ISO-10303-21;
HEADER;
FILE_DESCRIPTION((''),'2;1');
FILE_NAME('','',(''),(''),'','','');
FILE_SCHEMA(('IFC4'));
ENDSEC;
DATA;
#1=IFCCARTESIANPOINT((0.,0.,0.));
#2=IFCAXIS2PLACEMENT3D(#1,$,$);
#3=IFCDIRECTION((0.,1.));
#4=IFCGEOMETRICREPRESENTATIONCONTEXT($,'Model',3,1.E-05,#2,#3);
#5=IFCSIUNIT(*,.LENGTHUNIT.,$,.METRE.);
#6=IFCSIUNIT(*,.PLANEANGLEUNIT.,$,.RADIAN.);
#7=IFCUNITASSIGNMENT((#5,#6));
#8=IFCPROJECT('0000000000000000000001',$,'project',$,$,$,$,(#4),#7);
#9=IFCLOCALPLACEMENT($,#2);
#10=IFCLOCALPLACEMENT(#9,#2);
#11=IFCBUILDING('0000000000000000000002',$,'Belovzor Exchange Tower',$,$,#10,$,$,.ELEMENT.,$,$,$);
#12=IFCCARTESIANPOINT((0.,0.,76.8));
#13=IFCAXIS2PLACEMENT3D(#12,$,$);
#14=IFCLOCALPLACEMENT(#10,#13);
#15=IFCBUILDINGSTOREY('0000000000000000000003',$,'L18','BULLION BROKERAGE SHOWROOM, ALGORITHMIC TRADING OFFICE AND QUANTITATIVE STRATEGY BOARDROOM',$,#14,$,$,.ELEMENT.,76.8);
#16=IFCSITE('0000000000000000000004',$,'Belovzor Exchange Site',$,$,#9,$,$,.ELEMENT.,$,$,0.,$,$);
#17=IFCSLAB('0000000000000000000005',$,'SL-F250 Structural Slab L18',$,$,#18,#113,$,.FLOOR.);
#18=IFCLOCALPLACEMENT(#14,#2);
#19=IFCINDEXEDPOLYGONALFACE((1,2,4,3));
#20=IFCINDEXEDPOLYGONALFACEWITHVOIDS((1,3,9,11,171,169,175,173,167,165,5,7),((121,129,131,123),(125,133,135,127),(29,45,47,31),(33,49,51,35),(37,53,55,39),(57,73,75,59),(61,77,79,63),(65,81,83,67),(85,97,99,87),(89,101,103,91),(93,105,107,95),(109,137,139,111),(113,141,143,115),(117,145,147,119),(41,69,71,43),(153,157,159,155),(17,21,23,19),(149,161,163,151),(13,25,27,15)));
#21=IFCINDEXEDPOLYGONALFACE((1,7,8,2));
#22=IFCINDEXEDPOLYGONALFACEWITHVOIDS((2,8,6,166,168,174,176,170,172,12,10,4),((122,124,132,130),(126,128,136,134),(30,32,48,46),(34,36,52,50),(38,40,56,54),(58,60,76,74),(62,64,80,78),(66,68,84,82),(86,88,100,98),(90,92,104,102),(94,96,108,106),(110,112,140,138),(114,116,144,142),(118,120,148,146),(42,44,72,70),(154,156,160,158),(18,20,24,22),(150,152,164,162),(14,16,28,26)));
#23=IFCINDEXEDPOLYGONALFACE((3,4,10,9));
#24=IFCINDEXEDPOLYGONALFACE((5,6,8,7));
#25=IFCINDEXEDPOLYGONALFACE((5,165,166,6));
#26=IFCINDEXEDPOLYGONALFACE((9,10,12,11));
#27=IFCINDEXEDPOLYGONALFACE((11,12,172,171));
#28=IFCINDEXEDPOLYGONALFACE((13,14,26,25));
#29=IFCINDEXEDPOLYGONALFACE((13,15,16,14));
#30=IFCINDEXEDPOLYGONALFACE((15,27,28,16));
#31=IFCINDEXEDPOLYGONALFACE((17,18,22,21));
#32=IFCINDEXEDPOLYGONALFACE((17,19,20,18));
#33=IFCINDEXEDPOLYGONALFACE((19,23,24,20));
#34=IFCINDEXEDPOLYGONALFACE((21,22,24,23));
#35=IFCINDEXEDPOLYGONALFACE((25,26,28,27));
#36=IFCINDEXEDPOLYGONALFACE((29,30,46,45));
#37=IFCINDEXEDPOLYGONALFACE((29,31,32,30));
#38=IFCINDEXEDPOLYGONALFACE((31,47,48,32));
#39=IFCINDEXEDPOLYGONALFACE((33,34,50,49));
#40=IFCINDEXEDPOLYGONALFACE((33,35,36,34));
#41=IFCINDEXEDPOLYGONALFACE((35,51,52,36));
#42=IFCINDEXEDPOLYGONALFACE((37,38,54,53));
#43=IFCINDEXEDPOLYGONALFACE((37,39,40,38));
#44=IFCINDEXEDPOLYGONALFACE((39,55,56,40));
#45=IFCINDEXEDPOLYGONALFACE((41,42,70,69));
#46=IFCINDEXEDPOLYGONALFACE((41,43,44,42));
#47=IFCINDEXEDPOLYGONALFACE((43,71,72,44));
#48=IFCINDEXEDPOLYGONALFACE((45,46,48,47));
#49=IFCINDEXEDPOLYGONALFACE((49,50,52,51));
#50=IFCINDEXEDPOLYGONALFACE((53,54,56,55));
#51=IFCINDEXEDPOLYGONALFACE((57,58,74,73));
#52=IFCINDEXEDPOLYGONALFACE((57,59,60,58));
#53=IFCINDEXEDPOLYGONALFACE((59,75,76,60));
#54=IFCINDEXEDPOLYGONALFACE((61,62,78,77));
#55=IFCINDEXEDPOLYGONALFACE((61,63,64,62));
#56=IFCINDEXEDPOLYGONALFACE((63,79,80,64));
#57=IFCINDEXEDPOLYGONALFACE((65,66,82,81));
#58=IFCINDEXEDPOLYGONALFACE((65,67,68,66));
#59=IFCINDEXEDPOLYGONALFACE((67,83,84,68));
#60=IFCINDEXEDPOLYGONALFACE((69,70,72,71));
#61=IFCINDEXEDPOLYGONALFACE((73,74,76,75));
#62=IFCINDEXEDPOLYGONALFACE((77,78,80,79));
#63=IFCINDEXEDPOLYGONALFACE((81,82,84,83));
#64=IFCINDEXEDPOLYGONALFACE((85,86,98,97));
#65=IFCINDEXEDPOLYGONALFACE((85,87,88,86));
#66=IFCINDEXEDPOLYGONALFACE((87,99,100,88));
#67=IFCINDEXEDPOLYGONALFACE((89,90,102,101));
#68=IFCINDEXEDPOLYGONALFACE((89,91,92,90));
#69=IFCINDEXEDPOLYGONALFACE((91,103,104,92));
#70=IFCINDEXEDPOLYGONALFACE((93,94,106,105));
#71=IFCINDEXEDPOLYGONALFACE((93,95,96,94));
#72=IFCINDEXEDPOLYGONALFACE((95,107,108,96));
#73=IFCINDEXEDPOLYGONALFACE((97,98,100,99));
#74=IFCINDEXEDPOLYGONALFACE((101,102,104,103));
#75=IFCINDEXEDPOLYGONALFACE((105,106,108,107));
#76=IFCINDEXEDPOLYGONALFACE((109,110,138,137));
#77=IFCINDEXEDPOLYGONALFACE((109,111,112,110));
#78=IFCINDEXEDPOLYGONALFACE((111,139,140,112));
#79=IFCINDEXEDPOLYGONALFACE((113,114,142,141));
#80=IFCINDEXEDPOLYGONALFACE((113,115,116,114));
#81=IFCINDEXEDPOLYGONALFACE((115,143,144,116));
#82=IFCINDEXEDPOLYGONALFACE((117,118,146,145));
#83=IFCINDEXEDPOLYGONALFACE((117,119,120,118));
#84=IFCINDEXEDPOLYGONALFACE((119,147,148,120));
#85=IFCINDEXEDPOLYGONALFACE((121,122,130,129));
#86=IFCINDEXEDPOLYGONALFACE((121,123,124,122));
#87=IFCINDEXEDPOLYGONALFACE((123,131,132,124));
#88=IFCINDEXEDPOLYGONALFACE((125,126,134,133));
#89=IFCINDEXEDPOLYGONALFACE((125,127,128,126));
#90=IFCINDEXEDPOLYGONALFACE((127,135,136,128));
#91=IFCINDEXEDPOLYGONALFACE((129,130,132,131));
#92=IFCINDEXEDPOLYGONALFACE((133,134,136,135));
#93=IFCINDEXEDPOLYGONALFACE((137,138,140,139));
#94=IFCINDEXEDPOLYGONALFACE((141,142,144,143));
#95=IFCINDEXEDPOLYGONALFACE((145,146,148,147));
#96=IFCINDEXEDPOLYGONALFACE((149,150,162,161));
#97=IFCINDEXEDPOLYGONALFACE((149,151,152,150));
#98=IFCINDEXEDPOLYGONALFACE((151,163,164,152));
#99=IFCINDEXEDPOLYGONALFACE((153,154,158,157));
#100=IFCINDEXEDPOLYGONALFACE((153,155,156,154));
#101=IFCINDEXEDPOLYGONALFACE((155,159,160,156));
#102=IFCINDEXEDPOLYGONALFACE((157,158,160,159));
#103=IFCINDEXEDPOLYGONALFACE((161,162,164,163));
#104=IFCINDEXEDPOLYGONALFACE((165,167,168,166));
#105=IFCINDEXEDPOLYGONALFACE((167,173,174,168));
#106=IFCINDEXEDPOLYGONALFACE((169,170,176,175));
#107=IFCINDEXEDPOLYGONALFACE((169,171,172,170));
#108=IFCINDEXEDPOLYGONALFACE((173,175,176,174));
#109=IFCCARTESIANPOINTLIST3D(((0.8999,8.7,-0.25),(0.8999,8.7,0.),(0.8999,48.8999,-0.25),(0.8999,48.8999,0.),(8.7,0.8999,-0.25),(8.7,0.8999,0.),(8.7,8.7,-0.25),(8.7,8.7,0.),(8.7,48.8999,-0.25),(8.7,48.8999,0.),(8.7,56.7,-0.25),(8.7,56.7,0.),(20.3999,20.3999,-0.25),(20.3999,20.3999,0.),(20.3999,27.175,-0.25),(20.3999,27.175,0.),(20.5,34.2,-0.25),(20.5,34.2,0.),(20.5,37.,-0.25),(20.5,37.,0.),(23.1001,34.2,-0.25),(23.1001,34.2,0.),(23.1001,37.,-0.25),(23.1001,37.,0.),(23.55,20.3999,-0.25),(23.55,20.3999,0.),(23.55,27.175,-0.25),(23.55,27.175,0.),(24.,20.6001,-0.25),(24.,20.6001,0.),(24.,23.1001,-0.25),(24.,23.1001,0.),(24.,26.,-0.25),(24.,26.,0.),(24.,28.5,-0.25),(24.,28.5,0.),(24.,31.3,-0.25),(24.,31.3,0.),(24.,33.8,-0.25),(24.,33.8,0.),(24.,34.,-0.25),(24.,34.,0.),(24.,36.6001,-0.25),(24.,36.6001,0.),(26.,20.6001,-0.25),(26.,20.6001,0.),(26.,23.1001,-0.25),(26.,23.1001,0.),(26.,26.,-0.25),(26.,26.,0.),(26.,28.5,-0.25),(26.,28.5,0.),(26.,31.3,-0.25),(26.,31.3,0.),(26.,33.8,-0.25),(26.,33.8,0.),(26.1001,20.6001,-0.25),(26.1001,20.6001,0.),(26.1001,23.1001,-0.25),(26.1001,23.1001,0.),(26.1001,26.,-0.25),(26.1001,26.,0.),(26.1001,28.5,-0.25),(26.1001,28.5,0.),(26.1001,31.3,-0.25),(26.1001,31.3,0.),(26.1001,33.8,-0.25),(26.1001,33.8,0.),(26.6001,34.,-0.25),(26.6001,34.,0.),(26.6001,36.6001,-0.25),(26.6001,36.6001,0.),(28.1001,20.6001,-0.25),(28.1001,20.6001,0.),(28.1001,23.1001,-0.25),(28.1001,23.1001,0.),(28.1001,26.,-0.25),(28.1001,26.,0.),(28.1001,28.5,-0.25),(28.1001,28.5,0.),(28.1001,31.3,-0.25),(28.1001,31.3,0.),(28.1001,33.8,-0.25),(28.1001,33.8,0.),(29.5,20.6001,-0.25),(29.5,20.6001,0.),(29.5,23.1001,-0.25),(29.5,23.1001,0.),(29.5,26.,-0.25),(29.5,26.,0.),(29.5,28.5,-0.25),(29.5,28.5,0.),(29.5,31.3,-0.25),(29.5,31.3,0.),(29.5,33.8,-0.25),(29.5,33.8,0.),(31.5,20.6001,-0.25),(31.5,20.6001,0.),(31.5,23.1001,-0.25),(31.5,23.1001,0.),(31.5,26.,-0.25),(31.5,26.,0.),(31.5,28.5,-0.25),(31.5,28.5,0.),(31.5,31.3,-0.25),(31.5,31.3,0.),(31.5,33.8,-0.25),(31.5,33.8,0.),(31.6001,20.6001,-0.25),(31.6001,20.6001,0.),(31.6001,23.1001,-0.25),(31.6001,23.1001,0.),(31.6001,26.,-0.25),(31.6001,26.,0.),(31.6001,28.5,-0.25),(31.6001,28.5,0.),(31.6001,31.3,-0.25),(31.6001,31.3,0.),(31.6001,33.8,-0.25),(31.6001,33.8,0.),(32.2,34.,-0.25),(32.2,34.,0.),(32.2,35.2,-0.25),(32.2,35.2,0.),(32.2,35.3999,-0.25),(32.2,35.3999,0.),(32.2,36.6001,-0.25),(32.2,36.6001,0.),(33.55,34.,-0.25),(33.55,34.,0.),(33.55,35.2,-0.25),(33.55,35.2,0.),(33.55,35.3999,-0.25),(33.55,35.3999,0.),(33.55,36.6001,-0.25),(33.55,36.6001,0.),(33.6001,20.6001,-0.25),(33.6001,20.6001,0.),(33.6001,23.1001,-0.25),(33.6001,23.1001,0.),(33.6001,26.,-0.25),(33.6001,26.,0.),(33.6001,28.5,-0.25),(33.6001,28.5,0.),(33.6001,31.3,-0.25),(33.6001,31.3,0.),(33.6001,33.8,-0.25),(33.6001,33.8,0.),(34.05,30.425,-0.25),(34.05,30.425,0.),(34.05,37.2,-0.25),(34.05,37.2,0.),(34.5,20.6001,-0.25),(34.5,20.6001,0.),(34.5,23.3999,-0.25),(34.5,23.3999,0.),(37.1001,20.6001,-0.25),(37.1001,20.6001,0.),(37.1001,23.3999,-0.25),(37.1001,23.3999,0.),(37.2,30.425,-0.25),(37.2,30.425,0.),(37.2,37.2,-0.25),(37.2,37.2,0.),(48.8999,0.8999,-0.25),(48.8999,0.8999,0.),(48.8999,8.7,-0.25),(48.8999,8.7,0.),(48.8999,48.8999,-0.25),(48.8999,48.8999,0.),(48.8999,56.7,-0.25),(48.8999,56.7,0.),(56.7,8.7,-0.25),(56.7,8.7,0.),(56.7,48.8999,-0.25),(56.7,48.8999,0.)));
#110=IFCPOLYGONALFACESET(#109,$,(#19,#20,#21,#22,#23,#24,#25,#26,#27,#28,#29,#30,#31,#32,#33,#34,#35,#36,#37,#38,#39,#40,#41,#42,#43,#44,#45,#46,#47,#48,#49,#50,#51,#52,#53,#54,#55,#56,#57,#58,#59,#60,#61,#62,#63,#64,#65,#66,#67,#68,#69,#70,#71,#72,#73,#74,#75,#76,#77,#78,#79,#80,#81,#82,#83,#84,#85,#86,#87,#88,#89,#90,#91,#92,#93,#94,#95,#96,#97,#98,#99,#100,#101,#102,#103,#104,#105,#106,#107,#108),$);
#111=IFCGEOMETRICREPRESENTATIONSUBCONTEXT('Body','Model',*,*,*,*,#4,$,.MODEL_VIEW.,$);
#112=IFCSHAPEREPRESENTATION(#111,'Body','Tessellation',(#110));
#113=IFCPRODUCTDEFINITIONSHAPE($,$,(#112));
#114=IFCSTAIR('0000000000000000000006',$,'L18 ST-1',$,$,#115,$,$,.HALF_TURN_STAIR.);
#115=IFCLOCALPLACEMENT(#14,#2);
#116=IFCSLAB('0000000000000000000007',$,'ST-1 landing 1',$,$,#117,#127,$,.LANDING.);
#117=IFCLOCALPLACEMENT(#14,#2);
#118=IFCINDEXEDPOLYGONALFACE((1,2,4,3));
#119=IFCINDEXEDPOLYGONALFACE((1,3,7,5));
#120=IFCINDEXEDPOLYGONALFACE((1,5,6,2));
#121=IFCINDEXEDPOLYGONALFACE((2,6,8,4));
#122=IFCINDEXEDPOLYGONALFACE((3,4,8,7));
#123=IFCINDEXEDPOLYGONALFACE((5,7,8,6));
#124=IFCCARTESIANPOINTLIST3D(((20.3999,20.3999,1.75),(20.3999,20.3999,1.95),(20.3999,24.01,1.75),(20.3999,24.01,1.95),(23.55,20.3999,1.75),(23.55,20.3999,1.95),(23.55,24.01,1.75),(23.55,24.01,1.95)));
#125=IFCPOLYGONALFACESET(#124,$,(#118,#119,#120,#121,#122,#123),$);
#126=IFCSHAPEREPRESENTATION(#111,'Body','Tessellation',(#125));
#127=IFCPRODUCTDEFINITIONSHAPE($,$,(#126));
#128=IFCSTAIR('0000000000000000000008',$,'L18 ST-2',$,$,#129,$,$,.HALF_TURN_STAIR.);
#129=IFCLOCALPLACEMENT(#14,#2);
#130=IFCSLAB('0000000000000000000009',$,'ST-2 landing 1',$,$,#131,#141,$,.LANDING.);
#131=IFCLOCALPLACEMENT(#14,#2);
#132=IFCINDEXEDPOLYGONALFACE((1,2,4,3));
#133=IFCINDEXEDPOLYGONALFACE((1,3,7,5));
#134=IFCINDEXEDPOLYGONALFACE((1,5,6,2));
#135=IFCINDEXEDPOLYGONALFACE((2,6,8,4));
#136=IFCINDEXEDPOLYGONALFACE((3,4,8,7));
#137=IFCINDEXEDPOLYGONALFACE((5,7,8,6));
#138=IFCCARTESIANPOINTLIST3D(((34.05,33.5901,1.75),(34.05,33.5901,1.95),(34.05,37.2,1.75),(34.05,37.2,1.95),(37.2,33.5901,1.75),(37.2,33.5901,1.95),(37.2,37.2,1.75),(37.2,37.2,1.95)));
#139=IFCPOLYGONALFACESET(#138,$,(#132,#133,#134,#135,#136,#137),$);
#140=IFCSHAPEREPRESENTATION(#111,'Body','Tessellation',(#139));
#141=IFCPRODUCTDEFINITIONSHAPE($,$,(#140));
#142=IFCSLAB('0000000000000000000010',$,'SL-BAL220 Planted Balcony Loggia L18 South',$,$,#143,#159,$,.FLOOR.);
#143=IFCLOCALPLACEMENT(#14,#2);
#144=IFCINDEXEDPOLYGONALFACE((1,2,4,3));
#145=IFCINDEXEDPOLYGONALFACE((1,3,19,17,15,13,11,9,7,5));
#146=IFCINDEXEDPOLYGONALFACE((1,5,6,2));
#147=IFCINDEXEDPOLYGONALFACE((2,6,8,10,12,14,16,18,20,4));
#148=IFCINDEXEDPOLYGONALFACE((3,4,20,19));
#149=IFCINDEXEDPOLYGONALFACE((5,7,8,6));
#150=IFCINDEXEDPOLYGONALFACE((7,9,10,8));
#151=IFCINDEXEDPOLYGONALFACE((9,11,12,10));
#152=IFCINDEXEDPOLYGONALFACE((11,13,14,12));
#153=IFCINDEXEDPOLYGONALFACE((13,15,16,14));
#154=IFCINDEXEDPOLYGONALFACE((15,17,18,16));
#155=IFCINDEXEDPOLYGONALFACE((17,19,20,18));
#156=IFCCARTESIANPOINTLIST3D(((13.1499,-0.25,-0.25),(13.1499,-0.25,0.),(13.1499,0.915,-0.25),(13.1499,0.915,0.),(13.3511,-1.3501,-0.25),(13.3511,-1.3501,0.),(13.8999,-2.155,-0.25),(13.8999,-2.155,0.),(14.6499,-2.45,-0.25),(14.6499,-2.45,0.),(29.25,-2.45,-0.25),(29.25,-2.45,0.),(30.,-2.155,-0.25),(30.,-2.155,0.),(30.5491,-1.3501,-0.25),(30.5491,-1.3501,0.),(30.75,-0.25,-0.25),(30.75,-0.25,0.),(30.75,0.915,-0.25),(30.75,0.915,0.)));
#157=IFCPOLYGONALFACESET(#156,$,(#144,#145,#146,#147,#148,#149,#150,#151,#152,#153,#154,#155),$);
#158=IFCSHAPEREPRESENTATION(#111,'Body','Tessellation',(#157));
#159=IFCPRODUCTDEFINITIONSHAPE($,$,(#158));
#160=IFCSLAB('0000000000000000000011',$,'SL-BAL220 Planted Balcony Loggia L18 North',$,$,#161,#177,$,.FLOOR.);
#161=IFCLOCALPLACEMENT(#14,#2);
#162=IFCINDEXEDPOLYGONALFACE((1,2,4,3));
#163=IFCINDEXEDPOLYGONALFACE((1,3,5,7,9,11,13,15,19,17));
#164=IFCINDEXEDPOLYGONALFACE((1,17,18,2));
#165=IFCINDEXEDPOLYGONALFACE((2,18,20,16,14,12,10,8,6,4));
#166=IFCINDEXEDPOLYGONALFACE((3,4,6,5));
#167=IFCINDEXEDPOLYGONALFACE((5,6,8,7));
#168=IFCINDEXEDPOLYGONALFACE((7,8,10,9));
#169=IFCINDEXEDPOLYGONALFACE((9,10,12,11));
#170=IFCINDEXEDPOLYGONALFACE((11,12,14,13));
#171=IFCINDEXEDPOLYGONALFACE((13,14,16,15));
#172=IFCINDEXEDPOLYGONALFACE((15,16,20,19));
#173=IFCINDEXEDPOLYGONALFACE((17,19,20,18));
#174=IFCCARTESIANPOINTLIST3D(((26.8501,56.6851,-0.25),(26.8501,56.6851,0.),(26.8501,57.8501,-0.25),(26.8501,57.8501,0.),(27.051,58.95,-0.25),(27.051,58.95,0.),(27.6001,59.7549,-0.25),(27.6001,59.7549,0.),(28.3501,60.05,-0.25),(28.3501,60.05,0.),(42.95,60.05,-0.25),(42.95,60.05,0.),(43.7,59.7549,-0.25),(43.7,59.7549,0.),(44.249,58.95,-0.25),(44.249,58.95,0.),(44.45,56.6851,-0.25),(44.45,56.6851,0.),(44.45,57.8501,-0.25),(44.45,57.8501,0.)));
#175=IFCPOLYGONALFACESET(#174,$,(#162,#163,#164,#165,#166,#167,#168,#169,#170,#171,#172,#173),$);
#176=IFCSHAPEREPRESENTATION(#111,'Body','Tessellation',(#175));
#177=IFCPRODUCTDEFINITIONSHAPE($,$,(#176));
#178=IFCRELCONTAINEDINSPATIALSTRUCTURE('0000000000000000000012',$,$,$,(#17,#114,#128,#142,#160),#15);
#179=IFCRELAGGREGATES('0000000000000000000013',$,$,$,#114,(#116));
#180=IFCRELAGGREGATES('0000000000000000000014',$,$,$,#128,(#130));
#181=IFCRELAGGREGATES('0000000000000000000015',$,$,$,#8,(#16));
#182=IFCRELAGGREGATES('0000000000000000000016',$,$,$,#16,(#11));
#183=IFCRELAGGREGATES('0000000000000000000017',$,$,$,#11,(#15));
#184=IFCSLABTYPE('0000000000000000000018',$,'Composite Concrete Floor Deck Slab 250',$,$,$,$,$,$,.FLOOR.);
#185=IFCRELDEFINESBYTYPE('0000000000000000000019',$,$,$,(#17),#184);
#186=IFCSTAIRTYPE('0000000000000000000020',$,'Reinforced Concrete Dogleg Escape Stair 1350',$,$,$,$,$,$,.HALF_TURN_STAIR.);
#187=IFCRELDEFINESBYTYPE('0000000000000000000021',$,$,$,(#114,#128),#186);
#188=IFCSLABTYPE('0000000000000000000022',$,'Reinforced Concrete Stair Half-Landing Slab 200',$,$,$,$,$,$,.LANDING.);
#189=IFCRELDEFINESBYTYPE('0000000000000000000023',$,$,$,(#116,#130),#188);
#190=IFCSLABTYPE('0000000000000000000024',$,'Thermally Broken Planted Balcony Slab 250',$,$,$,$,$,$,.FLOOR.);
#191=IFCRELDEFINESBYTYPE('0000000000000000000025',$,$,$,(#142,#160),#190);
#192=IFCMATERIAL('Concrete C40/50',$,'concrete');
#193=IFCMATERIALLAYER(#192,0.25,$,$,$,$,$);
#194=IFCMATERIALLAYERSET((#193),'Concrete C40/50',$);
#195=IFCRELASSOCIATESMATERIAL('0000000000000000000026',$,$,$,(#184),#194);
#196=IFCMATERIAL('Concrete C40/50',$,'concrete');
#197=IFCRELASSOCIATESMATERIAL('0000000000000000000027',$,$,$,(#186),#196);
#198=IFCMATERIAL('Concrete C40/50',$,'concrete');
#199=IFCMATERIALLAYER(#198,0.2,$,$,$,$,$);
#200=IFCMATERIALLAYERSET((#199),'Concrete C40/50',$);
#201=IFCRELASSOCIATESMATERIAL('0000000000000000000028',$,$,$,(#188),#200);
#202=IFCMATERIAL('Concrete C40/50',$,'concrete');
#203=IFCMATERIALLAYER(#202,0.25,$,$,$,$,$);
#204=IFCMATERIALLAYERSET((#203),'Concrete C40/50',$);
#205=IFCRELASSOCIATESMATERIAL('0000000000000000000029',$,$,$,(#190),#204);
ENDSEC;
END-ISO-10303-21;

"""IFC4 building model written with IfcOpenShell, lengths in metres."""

from ifc_helpers import new_model, si_unit, direction, frame, origin, place, context, subcontext, project, spatial, polyline, outline, extrude, material, layer, layer_set, type_object, element, aggregate, save


model = new_model("IFC4")

# Units and contexts
model_context = context("Model", 3, precision=1e-05, world=origin(), true_north=direction((0.0, 1.0)))
body_context = subcontext(model_context, "Body", "Model", "MODEL_VIEW")
ifc_project = project(units=[si_unit("LENGTHUNIT", "METRE"), si_unit("PLANEANGLEUNIT", "RADIAN")], contexts=[model_context])

# Site, building, storey
site_placement = place(None, origin())
site = spatial("IfcSite", under=ifc_project, at=site_placement, Name="Belovzor Exchange Site", CompositionType="ELEMENT", RefElevation=0.0)
building_placement = place(site_placement, origin())
building = spatial("IfcBuilding", under=site, at=building_placement, Name="Belovzor Exchange Tower", CompositionType="ELEMENT")
storey_placement = place(building_placement, frame((0.0, 0.0, 76.8)))
storey = spatial("IfcBuildingStorey", under=building, at=storey_placement, Name="L18", Description="BULLION BROKERAGE SHOWROOM, ALGORITHMIC TRADING OFFICE AND QUANTITATIVE STRATEGY BOARDROOM", CompositionType="ELEMENT", Elevation=76.8)

# Slab
ifc_material_1 = material(Name="Concrete C40/50", Category="concrete")
ifc_layer_1 = layer(ifc_material_1, 0.25)
ifc_layer_set_1 = layer_set([ifc_layer_1], Name="Concrete C40/50")
slab_type_1 = type_object("IfcSlabType", Name="Composite Concrete Floor Deck Slab 250", PredefinedType="FLOOR", material=ifc_layer_set_1)
slab_1_placement = place(storey_placement, frame((0.0, 0.0, -0.25)))
element("IfcSlab", 1, at=slab_1_placement, inside=storey, type_object=slab_type_1, Name="SL-F250 Structural Slab L18", PredefinedType="FLOOR", context=body_context, shape_type="SweptSolid", body=[
    extrude(outline(polyline([(8.7, 0.8999), (48.8999, 0.8999), (48.8999, 8.7), (56.7, 8.7), (56.7, 48.8999), (48.8999, 48.8999), (48.8999, 56.7), (8.7, 56.7), (8.7, 48.8999), (0.8999, 48.8999), (0.8999, 8.7), (8.7, 8.7), (8.7, 0.8999)]), holes=[polyline([(20.3999, 27.175), (20.3999, 20.3999), (23.55, 20.3999), (23.55, 27.175), (20.3999, 27.175)]), polyline([(37.2, 30.425), (37.2, 37.2), (34.05, 37.2), (34.05, 30.425), (37.2, 30.425)]), polyline([(20.5, 34.2), (23.1001, 34.2), (23.1001, 37.0), (20.5, 37.0), (20.5, 34.2)]), polyline([(34.5, 20.6001), (37.1001, 20.6001), (37.1001, 23.3999), (34.5, 23.3999), (34.5, 20.6001)]), polyline([(24.0, 34.0), (26.6001, 34.0), (26.6001, 36.6001), (24.0, 36.6001), (24.0, 34.0)]), polyline([(24.0, 20.6001), (26.0, 20.6001), (26.0, 23.1001), (24.0, 23.1001), (24.0, 20.6001)]), polyline([(26.1001, 20.6001), (28.1001, 20.6001), (28.1001, 23.1001), (26.1001, 23.1001), (26.1001, 20.6001)]), polyline([(29.5, 20.6001), (31.5, 20.6001), (31.5, 23.1001), (29.5, 23.1001), (29.5, 20.6001)]), polyline([(31.6001, 20.6001), (33.6001, 20.6001), (33.6001, 23.1001), (31.6001, 23.1001), (31.6001, 20.6001)]), polyline([(24.0, 26.0), (26.0, 26.0), (26.0, 28.5), (24.0, 28.5), (24.0, 26.0)]), polyline([(26.1001, 26.0), (28.1001, 26.0), (28.1001, 28.5), (26.1001, 28.5), (26.1001, 26.0)]), polyline([(29.5, 26.0), (31.5, 26.0), (31.5, 28.5), (29.5, 28.5), (29.5, 26.0)]), polyline([(31.6001, 26.0), (33.6001, 26.0), (33.6001, 28.5), (31.6001, 28.5), (31.6001, 26.0)]), polyline([(24.0, 31.3), (26.0, 31.3), (26.0, 33.8), (24.0, 33.8), (24.0, 31.3)]), polyline([(26.1001, 31.3), (28.1001, 31.3), (28.1001, 33.8), (26.1001, 33.8), (26.1001, 31.3)]), polyline([(29.5, 31.3), (31.5, 31.3), (31.5, 33.8), (29.5, 33.8), (29.5, 31.3)]), polyline([(31.6001, 31.3), (33.6001, 31.3), (33.6001, 33.8), (31.6001, 33.8), (31.6001, 31.3)]), polyline([(32.2, 34.0), (33.55, 34.0), (33.55, 35.2), (32.2, 35.2), (32.2, 34.0)]), polyline([(32.2, 35.3999), (33.55, 35.3999), (33.55, 36.6001), (32.2, 36.6001), (32.2, 35.3999)])]), origin(), (0.0, 0.0, 1.0), 0.25),
])

# Stairs, slabs
ifc_material_2 = material(Name="Concrete C40/50", Category="concrete")
stair_type = type_object("IfcStairType", Name="Reinforced Concrete Dogleg Escape Stair 1350", PredefinedType="HALF_TURN_STAIR", material=ifc_material_2)
stair_1_placement = place(storey_placement, origin())
stair_1 = element("IfcStair", 2, at=stair_1_placement, inside=storey, type_object=stair_type, Name="L18 ST-1", PredefinedType="HALF_TURN_STAIR")
ifc_material_3 = material(Name="Concrete C40/50", Category="concrete")
ifc_layer_2 = layer(ifc_material_3, 0.2)
ifc_layer_set_2 = layer_set([ifc_layer_2], Name="Concrete C40/50")
slab_type_2 = type_object("IfcSlabType", Name="Reinforced Concrete Stair Half-Landing Slab 200", PredefinedType="LANDING", material=ifc_layer_set_2)
slab_2_placement = place(storey_placement, frame((0.0, 0.0, 1.75)))
slab_2 = element("IfcSlab", 3, at=slab_2_placement, type_object=slab_type_2, Name="ST-1 landing 1", PredefinedType="LANDING", context=body_context, shape_type="SweptSolid", body=[
    extrude(outline(polyline([(20.3999, 24.01), (20.3999, 20.3999), (23.55, 20.3999), (23.55, 24.01), (20.3999, 24.01)])), origin(), (0.0, 0.0, 1.0), 0.2),
])
aggregate(stair_1, [slab_2])
stair_2_placement = place(storey_placement, origin())
stair_2 = element("IfcStair", 4, at=stair_2_placement, inside=storey, type_object=stair_type, Name="L18 ST-2", PredefinedType="HALF_TURN_STAIR")
slab_3_placement = place(storey_placement, frame((0.0, 0.0, 1.75)))
slab_3 = element("IfcSlab", 5, at=slab_3_placement, type_object=slab_type_2, Name="ST-2 landing 1", PredefinedType="LANDING", context=body_context, shape_type="SweptSolid", body=[
    extrude(outline(polyline([(37.2, 33.5901), (37.2, 37.2), (34.05, 37.2), (34.05, 33.5901), (37.2, 33.5901)])), origin(), (0.0, 0.0, 1.0), 0.2),
])
aggregate(stair_2, [slab_3])

# Slabs
ifc_material_4 = material(Name="Concrete C40/50", Category="concrete")
ifc_layer_3 = layer(ifc_material_4, 0.25)
ifc_layer_set_3 = layer_set([ifc_layer_3], Name="Concrete C40/50")
slab_type_3 = type_object("IfcSlabType", Name="Thermally Broken Planted Balcony Slab 250", PredefinedType="FLOOR", material=ifc_layer_set_3)
slab_4_placement = place(storey_placement, frame((0.0, 0.0, -0.25)))
element("IfcSlab", 6, at=slab_4_placement, inside=storey, type_object=slab_type_3, Name="SL-BAL220 Planted Balcony Loggia L18 South", PredefinedType="FLOOR", context=body_context, shape_type="SweptSolid", body=[
    extrude(outline(polyline([(13.1499, 0.915), (13.1499, -0.25), (13.3511, -1.3501), (13.8999, -2.155), (14.6499, -2.45), (29.25, -2.45), (30.0, -2.155), (30.5491, -1.3501), (30.75, -0.25), (30.75, 0.915), (13.1499, 0.915)])), origin(), (0.0, 0.0, 1.0), 0.25),
])
slab_5_placement = place(storey_placement, frame((0.0, 0.0, -0.25)))
element("IfcSlab", 7, at=slab_5_placement, inside=storey, type_object=slab_type_3, Name="SL-BAL220 Planted Balcony Loggia L18 North", PredefinedType="FLOOR", context=body_context, shape_type="SweptSolid", body=[
    extrude(outline(polyline([(44.45, 56.6851), (44.45, 57.8501), (44.249, 58.95), (43.7, 59.7549), (42.95, 60.05), (28.3501, 60.05), (27.6001, 59.7549), (27.051, 58.95), (26.8501, 57.8501), (26.8501, 56.6851), (44.45, 56.6851)])), origin(), (0.0, 0.0, 1.0), 0.25),
])

save(model, "model.ifc")
